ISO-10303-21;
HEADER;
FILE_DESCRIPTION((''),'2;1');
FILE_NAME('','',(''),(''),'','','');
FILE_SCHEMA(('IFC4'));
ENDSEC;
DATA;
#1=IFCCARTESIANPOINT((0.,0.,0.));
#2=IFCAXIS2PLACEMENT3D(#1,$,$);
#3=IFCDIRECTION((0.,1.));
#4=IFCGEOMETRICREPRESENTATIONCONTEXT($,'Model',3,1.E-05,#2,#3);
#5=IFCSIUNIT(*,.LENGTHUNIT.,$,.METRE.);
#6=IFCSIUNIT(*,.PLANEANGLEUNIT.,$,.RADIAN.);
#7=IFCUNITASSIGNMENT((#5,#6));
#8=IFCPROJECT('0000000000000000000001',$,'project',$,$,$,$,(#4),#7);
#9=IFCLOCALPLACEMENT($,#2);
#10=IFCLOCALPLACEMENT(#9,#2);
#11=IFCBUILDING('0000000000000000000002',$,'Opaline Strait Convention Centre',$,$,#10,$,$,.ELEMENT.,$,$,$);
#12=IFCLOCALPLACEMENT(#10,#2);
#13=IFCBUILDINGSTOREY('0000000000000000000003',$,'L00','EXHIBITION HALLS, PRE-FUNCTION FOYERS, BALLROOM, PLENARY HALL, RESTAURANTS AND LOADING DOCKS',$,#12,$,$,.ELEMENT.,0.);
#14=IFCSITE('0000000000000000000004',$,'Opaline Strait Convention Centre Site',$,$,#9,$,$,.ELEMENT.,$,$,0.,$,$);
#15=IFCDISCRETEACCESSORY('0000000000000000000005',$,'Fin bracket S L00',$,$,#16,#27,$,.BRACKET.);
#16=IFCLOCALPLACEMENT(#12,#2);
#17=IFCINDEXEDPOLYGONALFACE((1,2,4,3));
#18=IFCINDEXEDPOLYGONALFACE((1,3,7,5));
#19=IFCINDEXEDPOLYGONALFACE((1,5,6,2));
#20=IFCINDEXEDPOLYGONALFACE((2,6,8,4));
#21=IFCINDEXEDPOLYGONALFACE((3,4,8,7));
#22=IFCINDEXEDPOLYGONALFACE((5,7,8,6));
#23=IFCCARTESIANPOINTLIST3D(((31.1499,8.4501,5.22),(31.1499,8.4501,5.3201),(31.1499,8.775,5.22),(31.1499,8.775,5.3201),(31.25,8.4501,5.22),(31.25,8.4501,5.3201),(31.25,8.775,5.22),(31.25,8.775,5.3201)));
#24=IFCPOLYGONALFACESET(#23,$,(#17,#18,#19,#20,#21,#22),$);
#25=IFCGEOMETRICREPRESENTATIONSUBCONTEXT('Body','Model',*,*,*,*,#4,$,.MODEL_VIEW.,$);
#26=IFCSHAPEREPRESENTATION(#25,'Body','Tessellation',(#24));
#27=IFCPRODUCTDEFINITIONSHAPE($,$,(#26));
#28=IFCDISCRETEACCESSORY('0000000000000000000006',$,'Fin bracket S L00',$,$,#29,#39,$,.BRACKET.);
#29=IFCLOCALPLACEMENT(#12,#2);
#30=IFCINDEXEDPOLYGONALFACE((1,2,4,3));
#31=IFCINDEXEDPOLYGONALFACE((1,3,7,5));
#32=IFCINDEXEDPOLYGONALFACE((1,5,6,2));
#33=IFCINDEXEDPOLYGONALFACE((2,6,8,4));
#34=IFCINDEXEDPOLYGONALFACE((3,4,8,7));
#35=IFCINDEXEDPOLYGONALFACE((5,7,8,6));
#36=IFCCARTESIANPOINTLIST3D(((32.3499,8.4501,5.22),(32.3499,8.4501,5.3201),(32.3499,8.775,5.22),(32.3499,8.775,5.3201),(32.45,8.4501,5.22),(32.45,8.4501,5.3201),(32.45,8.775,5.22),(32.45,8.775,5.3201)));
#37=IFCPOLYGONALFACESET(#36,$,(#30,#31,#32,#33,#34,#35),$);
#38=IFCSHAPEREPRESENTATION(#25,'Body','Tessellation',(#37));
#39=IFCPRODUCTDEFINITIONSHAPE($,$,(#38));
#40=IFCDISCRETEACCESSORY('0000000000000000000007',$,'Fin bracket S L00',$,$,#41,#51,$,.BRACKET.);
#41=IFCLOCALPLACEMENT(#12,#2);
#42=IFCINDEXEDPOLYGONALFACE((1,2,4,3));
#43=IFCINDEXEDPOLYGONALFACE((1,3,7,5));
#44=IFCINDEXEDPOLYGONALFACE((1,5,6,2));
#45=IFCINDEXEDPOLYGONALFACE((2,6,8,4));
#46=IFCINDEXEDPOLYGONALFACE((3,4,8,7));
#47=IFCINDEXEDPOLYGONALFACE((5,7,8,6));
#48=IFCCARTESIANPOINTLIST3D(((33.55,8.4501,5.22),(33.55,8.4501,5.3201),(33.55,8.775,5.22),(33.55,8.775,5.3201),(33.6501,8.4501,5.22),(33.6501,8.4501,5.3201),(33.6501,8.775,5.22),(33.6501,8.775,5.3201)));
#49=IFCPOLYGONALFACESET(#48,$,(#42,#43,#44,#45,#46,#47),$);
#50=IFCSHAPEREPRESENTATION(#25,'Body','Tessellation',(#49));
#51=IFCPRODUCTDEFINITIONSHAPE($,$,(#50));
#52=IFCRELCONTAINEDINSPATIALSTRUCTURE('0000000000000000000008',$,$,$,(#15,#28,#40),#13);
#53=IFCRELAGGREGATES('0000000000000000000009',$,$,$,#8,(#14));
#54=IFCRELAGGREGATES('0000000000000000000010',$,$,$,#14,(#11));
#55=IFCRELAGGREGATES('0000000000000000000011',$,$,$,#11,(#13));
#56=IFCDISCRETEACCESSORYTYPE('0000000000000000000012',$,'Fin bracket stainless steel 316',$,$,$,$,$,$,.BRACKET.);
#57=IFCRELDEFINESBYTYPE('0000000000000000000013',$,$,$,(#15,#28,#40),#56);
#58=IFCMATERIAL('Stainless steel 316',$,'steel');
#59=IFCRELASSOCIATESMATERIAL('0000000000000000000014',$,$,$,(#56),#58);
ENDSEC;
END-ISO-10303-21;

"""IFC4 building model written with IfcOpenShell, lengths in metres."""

from ifc_helpers import new_model, si_unit, direction, frame, origin, origin_2d, place, context, subcontext, project, spatial, rectangle, extrude, material, type_object, element, save


model = new_model("IFC4")

# Units and contexts
model_context = context("Model", 3, precision=1e-05, world=origin(), true_north=direction((0.0, 1.0)))
body_context = subcontext(model_context, "Body", "Model", "MODEL_VIEW")
ifc_project = project(units=[si_unit("LENGTHUNIT", "METRE"), si_unit("PLANEANGLEUNIT", "RADIAN")], contexts=[model_context])

# Site, building, storey
site_placement = place(None, origin())
site = spatial("IfcSite", under=ifc_project, at=site_placement, Name="Opaline Strait Convention Centre Site", CompositionType="ELEMENT", RefElevation=0.0)
building_placement = place(site_placement, origin())
building = spatial("IfcBuilding", under=site, at=building_placement, Name="Opaline Strait Convention Centre", CompositionType="ELEMENT")
storey_placement = place(building_placement, origin())
storey = spatial("IfcBuildingStorey", under=building, at=storey_placement, Name="L00", Description="EXHIBITION HALLS, PRE-FUNCTION FOYERS, BALLROOM, PLENARY HALL, RESTAURANTS AND LOADING DOCKS", CompositionType="ELEMENT", Elevation=0.0)

# Discrete accessories
ifc_material_1 = material(Name="Stainless steel 316", Category="steel")
discrete_accessory_type = type_object("IfcDiscreteAccessoryType", Name="Fin bracket stainless steel 316", PredefinedType="BRACKET", material=ifc_material_1)
for number, where, z_axis, x_axis, name in (
    (1, (31.2, 8.6125, 5.22), (0.0, 0.0, 1.0), (1.0, 0.0, 0.0), "Fin bracket S L00"),
    (2, (32.3999, 8.6125, 5.22), (0.0, 0.0, 1.0), (1.0, 0.0, 0.0), "Fin bracket S L00"),
    (3, (33.6001, 8.6125, 5.22), (0.0, 0.0, 1.0), (1.0, 0.0, 0.0), "Fin bracket S L00"),
):
    element("IfcDiscreteAccessory", number, at=place(storey_placement, frame(where, z_axis=z_axis, x_axis=x_axis)), inside=storey, type_object=discrete_accessory_type, Name=name, PredefinedType="BRACKET", context=body_context, shape_type="SweptSolid", body=[
        extrude(rectangle(XDim=0.1001, YDim=0.325, at=origin_2d()), origin(), (0.0, 0.0, 1.0), 0.1001),
    ])

save(model, "model.ifc")
